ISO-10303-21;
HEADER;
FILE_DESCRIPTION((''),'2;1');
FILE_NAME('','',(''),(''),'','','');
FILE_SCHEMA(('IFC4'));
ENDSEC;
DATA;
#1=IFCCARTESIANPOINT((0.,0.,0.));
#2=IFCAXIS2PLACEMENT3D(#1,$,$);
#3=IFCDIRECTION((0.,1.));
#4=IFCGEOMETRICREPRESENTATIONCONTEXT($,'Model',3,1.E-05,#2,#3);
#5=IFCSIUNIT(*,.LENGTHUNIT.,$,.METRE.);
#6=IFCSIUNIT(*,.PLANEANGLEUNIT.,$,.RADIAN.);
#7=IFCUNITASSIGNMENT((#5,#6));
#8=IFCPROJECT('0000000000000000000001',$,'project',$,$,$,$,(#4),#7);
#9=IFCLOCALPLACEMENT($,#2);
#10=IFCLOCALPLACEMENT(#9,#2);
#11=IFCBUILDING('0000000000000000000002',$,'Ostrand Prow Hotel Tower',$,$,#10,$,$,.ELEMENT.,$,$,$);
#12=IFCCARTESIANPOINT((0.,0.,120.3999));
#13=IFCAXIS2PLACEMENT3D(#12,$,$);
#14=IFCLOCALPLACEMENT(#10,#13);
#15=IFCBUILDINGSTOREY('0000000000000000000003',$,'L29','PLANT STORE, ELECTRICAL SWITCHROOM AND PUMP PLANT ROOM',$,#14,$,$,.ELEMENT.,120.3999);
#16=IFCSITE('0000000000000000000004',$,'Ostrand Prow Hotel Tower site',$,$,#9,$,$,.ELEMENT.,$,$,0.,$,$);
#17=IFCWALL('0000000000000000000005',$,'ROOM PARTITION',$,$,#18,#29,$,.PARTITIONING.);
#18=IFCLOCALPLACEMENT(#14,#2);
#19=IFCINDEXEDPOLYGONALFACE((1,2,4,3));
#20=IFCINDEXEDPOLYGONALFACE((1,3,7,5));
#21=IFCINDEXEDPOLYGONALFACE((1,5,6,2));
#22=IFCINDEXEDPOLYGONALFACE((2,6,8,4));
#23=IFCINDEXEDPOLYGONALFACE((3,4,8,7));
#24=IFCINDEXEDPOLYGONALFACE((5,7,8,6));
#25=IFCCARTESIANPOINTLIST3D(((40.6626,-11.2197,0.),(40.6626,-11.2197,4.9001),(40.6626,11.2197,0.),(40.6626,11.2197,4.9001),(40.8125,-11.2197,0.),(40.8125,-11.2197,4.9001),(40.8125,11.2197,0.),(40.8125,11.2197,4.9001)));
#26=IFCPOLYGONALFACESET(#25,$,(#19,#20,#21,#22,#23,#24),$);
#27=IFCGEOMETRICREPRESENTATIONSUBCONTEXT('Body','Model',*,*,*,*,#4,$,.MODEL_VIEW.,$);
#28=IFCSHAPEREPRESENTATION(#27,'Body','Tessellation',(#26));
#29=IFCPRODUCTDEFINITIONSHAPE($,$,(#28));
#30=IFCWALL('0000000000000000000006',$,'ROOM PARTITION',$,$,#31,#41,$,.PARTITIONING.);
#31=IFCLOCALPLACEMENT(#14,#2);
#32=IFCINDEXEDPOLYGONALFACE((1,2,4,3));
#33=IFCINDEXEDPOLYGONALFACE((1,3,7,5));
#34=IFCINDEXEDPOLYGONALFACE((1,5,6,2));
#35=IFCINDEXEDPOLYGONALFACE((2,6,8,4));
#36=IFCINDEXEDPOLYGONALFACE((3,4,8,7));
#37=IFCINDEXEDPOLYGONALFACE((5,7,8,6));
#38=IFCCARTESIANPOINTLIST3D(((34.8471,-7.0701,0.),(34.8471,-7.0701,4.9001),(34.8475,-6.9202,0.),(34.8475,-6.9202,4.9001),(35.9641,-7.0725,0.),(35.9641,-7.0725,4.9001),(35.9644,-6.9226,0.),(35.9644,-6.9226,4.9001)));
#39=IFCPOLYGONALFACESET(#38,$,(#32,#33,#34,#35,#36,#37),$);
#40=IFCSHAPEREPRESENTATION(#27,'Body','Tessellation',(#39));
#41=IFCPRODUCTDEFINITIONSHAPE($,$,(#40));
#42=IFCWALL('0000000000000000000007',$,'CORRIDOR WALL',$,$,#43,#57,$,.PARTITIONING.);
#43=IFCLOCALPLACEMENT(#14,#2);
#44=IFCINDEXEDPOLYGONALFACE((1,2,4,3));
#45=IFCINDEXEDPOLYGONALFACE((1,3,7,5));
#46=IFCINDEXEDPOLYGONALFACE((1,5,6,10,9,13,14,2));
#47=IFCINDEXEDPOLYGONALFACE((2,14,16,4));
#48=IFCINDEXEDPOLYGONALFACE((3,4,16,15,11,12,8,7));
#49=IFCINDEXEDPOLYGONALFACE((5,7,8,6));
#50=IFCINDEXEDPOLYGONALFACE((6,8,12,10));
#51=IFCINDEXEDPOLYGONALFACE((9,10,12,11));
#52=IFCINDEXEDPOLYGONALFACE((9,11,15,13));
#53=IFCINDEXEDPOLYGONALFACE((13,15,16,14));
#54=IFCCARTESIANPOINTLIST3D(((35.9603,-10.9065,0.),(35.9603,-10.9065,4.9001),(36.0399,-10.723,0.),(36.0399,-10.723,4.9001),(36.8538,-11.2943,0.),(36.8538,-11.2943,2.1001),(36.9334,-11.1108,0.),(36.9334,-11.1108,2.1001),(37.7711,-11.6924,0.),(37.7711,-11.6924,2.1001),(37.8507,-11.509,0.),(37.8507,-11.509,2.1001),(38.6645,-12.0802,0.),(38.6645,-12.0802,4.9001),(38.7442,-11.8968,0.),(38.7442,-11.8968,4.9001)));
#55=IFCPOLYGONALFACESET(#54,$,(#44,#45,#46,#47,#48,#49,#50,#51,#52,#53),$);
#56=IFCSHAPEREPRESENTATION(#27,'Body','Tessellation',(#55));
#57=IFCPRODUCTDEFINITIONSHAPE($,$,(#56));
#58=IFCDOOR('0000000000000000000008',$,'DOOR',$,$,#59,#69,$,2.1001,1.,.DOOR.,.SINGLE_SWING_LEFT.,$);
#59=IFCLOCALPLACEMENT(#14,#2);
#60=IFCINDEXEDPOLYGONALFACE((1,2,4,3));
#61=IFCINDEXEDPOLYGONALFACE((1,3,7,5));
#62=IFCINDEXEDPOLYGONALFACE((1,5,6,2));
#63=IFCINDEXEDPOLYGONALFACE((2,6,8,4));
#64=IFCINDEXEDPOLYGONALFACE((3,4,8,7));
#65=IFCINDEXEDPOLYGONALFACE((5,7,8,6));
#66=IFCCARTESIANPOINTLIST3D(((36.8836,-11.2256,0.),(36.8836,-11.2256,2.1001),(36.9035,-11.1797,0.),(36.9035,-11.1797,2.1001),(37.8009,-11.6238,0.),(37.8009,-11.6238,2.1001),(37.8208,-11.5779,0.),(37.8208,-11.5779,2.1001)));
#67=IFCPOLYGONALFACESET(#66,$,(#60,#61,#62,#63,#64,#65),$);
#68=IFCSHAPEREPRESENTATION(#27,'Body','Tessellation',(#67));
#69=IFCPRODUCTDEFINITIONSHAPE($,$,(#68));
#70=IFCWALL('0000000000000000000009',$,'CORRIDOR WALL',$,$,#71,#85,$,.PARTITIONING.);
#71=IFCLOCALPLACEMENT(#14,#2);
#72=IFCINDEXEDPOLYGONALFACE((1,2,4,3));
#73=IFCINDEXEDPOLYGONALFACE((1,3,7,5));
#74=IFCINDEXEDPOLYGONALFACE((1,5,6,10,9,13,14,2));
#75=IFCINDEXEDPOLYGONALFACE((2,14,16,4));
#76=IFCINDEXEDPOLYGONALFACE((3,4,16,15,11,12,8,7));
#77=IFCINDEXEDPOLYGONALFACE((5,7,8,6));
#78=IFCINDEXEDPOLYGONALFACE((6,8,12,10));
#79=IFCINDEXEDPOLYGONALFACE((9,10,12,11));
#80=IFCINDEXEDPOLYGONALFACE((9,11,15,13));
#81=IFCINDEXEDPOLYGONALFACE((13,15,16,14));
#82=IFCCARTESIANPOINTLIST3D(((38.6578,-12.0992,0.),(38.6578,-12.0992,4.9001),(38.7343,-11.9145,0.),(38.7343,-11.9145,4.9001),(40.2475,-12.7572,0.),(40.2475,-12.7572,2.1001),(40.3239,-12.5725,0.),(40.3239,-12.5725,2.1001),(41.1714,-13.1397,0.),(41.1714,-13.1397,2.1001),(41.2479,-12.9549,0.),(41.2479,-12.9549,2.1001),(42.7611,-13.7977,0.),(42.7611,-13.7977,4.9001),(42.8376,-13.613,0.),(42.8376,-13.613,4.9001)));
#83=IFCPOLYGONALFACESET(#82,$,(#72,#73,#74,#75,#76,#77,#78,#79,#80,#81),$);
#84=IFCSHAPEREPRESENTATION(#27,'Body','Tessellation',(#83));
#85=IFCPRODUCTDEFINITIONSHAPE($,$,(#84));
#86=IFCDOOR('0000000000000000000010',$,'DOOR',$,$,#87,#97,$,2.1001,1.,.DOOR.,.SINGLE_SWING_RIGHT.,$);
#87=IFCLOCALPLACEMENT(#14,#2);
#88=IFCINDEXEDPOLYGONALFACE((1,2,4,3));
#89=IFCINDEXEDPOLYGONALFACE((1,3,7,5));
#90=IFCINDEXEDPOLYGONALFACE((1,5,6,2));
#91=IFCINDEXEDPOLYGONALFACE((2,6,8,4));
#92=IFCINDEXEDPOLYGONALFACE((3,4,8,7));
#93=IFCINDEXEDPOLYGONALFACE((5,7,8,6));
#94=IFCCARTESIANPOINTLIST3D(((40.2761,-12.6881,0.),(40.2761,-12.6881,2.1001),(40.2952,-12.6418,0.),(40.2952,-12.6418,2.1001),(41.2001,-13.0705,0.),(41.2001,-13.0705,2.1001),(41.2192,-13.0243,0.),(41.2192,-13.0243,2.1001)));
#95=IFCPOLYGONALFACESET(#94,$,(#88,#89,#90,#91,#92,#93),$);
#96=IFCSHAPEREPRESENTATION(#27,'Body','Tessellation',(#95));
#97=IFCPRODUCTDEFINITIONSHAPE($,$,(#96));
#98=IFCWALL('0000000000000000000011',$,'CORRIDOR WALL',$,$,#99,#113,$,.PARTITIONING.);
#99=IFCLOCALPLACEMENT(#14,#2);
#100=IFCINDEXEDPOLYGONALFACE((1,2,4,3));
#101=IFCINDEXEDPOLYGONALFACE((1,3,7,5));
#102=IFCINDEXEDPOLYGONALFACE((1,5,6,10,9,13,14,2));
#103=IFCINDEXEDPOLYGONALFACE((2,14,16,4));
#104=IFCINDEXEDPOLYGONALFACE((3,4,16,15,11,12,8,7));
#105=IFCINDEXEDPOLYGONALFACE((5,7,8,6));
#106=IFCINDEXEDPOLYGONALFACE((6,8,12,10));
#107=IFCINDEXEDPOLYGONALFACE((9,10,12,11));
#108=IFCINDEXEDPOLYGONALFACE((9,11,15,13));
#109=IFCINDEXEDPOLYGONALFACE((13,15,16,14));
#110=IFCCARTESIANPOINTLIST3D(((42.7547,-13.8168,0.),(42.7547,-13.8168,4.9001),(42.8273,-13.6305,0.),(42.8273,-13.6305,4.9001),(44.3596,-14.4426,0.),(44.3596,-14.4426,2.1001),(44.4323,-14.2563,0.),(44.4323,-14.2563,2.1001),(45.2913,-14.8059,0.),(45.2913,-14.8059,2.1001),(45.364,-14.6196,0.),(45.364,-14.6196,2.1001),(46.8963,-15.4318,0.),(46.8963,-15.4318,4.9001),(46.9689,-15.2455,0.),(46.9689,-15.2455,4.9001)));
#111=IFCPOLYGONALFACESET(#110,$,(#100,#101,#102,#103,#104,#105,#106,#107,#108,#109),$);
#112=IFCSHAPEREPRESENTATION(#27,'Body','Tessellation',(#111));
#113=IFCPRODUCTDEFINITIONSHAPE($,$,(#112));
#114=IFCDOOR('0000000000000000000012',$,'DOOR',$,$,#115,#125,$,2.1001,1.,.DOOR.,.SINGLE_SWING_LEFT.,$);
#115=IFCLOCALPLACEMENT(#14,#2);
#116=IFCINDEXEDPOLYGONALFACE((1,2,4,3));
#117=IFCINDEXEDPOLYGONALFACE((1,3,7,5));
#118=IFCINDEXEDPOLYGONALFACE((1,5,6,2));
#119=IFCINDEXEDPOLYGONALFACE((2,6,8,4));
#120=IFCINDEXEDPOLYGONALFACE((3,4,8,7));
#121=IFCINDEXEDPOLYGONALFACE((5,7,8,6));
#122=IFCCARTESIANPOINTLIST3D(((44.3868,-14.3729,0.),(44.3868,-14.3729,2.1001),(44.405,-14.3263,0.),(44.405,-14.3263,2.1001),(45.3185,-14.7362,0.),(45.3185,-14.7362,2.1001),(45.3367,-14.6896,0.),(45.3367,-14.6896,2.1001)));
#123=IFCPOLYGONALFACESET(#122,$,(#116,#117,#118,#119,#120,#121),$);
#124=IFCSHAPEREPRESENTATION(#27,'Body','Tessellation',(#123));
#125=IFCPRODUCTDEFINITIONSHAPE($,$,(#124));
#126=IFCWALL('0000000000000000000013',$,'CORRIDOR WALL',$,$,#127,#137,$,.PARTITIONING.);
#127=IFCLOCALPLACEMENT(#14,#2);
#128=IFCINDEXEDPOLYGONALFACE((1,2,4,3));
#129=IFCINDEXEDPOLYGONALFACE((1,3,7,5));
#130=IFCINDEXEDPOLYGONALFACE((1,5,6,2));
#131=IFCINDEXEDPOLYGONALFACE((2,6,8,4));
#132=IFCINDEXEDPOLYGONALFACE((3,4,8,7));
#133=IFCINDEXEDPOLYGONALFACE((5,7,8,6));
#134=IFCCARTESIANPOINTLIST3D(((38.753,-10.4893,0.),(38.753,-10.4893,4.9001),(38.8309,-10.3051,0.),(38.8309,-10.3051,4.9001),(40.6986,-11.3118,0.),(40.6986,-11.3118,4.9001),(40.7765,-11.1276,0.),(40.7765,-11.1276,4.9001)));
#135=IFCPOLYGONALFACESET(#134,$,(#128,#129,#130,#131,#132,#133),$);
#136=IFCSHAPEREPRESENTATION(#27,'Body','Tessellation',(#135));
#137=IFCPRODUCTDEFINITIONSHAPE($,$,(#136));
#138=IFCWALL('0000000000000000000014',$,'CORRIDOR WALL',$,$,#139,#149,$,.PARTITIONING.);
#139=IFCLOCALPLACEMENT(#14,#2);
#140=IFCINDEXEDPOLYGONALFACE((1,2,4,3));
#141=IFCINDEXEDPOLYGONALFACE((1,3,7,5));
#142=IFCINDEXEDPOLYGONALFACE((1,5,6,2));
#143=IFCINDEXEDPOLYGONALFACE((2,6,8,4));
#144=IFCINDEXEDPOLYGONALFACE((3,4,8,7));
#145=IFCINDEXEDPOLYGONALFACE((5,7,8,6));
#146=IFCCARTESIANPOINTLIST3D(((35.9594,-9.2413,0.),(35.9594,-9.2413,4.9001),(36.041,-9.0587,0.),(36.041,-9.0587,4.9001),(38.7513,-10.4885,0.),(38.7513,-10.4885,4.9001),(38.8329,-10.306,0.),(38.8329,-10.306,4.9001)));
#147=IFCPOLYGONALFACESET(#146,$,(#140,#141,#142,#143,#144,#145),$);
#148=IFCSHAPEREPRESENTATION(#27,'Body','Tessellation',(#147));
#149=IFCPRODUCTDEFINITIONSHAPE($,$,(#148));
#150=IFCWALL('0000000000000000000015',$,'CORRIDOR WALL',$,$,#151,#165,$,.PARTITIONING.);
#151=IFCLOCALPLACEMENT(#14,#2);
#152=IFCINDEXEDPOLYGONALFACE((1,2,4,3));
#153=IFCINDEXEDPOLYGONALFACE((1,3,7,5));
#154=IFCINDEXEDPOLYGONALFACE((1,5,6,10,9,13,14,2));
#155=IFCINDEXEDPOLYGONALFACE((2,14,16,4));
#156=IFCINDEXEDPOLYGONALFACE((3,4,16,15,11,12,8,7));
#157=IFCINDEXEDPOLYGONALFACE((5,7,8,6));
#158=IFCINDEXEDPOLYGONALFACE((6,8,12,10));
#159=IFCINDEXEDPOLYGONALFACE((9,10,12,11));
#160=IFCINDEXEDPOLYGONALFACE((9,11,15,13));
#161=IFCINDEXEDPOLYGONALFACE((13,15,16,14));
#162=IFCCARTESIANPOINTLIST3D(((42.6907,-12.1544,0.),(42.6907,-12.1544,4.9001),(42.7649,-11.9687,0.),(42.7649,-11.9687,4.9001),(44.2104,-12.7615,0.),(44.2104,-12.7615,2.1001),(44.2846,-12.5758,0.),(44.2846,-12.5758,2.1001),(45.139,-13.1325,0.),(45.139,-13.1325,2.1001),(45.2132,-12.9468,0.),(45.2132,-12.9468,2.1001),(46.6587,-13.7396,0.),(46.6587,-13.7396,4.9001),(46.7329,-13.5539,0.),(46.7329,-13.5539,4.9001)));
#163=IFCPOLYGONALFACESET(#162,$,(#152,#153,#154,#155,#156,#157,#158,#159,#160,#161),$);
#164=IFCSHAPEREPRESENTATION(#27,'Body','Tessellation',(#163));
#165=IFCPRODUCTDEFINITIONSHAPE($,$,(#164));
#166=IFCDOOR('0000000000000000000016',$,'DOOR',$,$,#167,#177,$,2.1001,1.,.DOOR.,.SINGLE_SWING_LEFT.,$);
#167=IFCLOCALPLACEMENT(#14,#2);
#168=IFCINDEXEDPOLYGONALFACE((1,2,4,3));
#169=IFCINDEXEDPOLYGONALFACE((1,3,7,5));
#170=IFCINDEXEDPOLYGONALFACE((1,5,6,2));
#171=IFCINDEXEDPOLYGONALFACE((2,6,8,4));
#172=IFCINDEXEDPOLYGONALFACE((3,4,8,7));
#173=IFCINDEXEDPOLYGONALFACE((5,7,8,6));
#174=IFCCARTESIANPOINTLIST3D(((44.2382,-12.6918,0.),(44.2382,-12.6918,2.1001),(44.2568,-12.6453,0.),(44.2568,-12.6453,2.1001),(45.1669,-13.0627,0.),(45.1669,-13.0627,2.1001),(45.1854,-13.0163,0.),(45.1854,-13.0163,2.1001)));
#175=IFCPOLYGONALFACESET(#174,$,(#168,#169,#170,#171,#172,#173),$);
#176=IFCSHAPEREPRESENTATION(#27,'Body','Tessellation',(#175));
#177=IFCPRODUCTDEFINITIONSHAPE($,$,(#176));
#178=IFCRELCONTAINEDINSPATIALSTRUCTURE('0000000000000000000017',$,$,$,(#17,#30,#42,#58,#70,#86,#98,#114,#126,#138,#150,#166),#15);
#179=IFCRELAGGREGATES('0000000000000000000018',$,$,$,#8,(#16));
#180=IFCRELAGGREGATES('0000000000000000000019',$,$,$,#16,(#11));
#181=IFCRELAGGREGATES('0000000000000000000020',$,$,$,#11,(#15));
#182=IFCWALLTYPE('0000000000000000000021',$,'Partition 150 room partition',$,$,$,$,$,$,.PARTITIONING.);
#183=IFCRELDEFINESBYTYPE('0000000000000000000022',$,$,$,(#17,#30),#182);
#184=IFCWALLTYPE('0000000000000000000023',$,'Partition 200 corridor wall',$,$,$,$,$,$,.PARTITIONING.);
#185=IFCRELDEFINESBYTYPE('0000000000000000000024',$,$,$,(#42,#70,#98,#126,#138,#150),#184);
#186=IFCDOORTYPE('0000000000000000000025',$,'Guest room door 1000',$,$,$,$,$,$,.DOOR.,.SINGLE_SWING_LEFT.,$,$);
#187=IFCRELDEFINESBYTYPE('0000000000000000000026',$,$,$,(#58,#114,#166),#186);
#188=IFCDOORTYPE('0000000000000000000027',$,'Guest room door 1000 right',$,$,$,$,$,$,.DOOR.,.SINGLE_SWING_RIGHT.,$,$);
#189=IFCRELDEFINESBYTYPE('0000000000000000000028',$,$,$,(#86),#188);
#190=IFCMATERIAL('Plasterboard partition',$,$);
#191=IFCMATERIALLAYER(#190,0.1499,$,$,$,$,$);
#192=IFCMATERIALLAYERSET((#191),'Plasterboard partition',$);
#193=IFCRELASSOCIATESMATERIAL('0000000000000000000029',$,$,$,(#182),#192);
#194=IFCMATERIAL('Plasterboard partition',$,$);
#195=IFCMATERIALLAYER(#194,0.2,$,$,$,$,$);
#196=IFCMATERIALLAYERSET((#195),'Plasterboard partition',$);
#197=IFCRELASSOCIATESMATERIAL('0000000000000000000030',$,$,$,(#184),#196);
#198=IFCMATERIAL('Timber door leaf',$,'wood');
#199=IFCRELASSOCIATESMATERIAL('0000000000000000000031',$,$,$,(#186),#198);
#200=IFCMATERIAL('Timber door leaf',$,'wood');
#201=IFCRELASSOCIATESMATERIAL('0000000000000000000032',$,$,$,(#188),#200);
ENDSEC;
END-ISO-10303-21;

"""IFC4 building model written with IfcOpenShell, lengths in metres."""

from ifc_helpers import new_model, si_unit, direction, frame, frame_2d, origin, place, context, subcontext, project, spatial, rectangle, extrude, material, layer, layer_set, type_object, element, fill, save


model = new_model("IFC4")

# Units and contexts
model_context = context("Model", 3, precision=1e-05, world=origin(), true_north=direction((0.0, 1.0)))
body_context = subcontext(model_context, "Body", "Model", "MODEL_VIEW")
ifc_project = project(units=[si_unit("LENGTHUNIT", "METRE"), si_unit("PLANEANGLEUNIT", "RADIAN")], contexts=[model_context])

# Site, building, storey
site_placement = place(None, origin())
site = spatial("IfcSite", under=ifc_project, at=site_placement, Name="Ostrand Prow Hotel Tower site", CompositionType="ELEMENT", RefElevation=0.0)
building_placement = place(site_placement, origin())
building = spatial("IfcBuilding", under=site, at=building_placement, Name="Ostrand Prow Hotel Tower", CompositionType="ELEMENT")
storey_placement = place(building_placement, frame((0.0, 0.0, 120.3999)))
storey = spatial("IfcBuildingStorey", under=building, at=storey_placement, Name="L29", Description="PLANT STORE, ELECTRICAL SWITCHROOM AND PUMP PLANT ROOM", CompositionType="ELEMENT", Elevation=120.3999)

# Walls
ifc_material_1 = material(Name="Plasterboard partition")
ifc_layer_1 = layer(ifc_material_1, 0.1499)
ifc_layer_set_1 = layer_set([ifc_layer_1], Name="Plasterboard partition")
wall_type_1 = type_object("IfcWallType", Name="Partition 150 room partition", PredefinedType="PARTITIONING", material=ifc_layer_set_1)
wall_1_placement = place(storey_placement, frame((40.7375, -11.2197, 0.0), z_axis=(0.0, 0.0, 1.0), x_axis=(0.0, 1.0, 0.0)))
element("IfcWall", 1, at=wall_1_placement, inside=storey, type_object=wall_type_1, Name="ROOM PARTITION", PredefinedType="PARTITIONING", context=body_context, shape_type="SweptSolid", body=[
    extrude(rectangle(XDim=22.4395, YDim=0.1499, at=frame_2d((11.2197, 0.0))), origin(), (0.0, 0.0, 1.0), 4.9001),
])
wall_2_placement = place(storey_placement, frame((35.9644, -6.9976, 0.0), z_axis=(0.0, 0.0, 1.0), x_axis=(-0.999998, 0.002186, 0.0)))
element("IfcWall", 2, at=wall_2_placement, inside=storey, type_object=wall_type_1, Name="ROOM PARTITION", PredefinedType="PARTITIONING", context=body_context, shape_type="SweptSolid", body=[
    extrude(rectangle(XDim=1.1169, YDim=0.1499, at=frame_2d((0.5586, 0.0))), origin(), (0.0, 0.0, 1.0), 4.9001),
])

# Walls, openings, doors
ifc_material_2 = material(Name="Plasterboard partition")
ifc_layer_2 = layer(ifc_material_2, 0.2)
ifc_layer_set_2 = layer_set([ifc_layer_2], Name="Plasterboard partition")
wall_type_2 = type_object("IfcWallType", Name="Partition 200 corridor wall", PredefinedType="PARTITIONING", material=ifc_layer_set_2)
wall_3_placement = place(storey_placement, frame((36.0, -10.8147, 0.0), z_axis=(0.0, 0.0, 1.0), x_axis=(0.917315, -0.398163, 0.0)))
wall_3 = element("IfcWall", 3, at=wall_3_placement, inside=storey, type_object=wall_type_2, Name="CORRIDOR WALL", PredefinedType="PARTITIONING", context=body_context, shape_type="SweptSolid", body=[
    extrude(rectangle(XDim=2.948, YDim=0.2, at=frame_2d((1.4741, 0.0))), origin(), (0.0, 0.0, 1.0), 4.9001),
])
opening_1_placement = place(wall_3_placement, frame((0.9741, 0.0, 0.0)))
opening_1 = element("IfcOpeningElement", 4, at=opening_1_placement, cuts=wall_3, PredefinedType="OPENING", context=body_context, shape_type="SweptSolid", body=[
    extrude(rectangle(XDim=1.0, YDim=2.1001, at=frame_2d((0.5, 1.05))), frame((0.0, 0.1099, 0.0), z_axis=(0.0, -1.0, 0.0), x_axis=(1.0, 0.0, 0.0)), (0.0, 0.0, 1.0), 0.22),
])
ifc_material_3 = material(Name="Timber door leaf", Category="wood")
door_type_1 = type_object("IfcDoorType", Name="Guest room door 1000", OperationType="SINGLE_SWING_LEFT", PredefinedType="DOOR", material=ifc_material_3)
door_1_placement = place(opening_1_placement, origin())
door_1 = element("IfcDoor", 5, at=door_1_placement, inside=storey, type_object=door_type_1, Name="DOOR", OperationType="SINGLE_SWING_LEFT", OverallHeight=2.1001, OverallWidth=1.0, PredefinedType="DOOR", context=body_context, shape_type="SweptSolid", body=[
    extrude(rectangle(XDim=1.0, YDim=2.1001, at=frame_2d((0.5, 1.05))), frame((0.0, 0.0249, 0.0), z_axis=(0.0, -1.0, 0.0), x_axis=(1.0, 0.0, 0.0)), (0.0, 0.0, 1.0), 0.05),
])
fill(opening_1, door_1)
wall_4_placement = place(storey_placement, frame((38.696, -12.0068, 0.0), z_axis=(0.0, 0.0, 1.0), x_axis=(0.923971, -0.382463, 0.0)))
wall_4 = element("IfcWall", 6, at=wall_4_placement, inside=storey, type_object=wall_type_2, Name="CORRIDOR WALL", PredefinedType="PARTITIONING", context=body_context, shape_type="SweptSolid", body=[
    extrude(rectangle(XDim=4.4409, YDim=0.2, at=frame_2d((2.2205, 0.0))), origin(), (0.0, 0.0, 1.0), 4.9001),
])
opening_2_placement = place(wall_4_placement, frame((1.7205, 0.0, 0.0)))
opening_2 = element("IfcOpeningElement", 7, at=opening_2_placement, cuts=wall_4, PredefinedType="OPENING", context=body_context, shape_type="SweptSolid", body=[
    extrude(rectangle(XDim=1.0, YDim=2.1001, at=frame_2d((0.5, 1.05))), frame((0.0, 0.1099, 0.0), z_axis=(0.0, -1.0, 0.0), x_axis=(1.0, 0.0, 0.0)), (0.0, 0.0, 1.0), 0.22),
])
ifc_material_4 = material(Name="Timber door leaf", Category="wood")
door_type_2 = type_object("IfcDoorType", Name="Guest room door 1000 right", OperationType="SINGLE_SWING_RIGHT", PredefinedType="DOOR", material=ifc_material_4)
door_2_placement = place(opening_2_placement, origin())
door_2 = element("IfcDoor", 8, at=door_2_placement, inside=storey, type_object=door_type_2, Name="DOOR", OperationType="SINGLE_SWING_RIGHT", OverallHeight=2.1001, OverallWidth=1.0, PredefinedType="DOOR", context=body_context, shape_type="SweptSolid", body=[
    extrude(rectangle(XDim=1.0, YDim=2.1001, at=frame_2d((0.5, 1.05))), frame((0.0, 0.0249, 0.0), z_axis=(0.0, -1.0, 0.0), x_axis=(1.0, 0.0, 0.0)), (0.0, 0.0, 1.0), 0.05),
])
fill(opening_2, door_2)
wall_5_placement = place(storey_placement, frame((42.791, -13.7236, 0.0), z_axis=(0.0, 0.0, 1.0), x_axis=(0.931672, -0.3633, 0.0)))
wall_5 = element("IfcWall", 9, at=wall_5_placement, inside=storey, type_object=wall_type_2, Name="CORRIDOR WALL", PredefinedType="PARTITIONING", context=body_context, shape_type="SweptSolid", body=[
    extrude(rectangle(XDim=4.4453, YDim=0.2, at=frame_2d((2.2227, 0.0))), origin(), (0.0, 0.0, 1.0), 4.9001),
])
opening_3_placement = place(wall_5_placement, frame((1.7227, 0.0, 0.0)))
opening_3 = element("IfcOpeningElement", 10, at=opening_3_placement, cuts=wall_5, PredefinedType="OPENING", context=body_context, shape_type="SweptSolid", body=[
    extrude(rectangle(XDim=1.0, YDim=2.1001, at=frame_2d((0.5, 1.05))), frame((0.0, 0.1099, 0.0), z_axis=(0.0, -1.0, 0.0), x_axis=(1.0, 0.0, 0.0)), (0.0, 0.0, 1.0), 0.22),
])
door_3_placement = place(opening_3_placement, origin())
door_3 = element("IfcDoor", 11, at=door_3_placement, inside=storey, type_object=door_type_1, Name="DOOR", OperationType="SINGLE_SWING_LEFT", OverallHeight=2.1001, OverallWidth=1.0, PredefinedType="DOOR", context=body_context, shape_type="SweptSolid", body=[
    extrude(rectangle(XDim=1.0, YDim=2.1001, at=frame_2d((0.5, 1.05))), frame((0.0, 0.0249, 0.0), z_axis=(0.0, -1.0, 0.0), x_axis=(1.0, 0.0, 0.0)), (0.0, 0.0, 1.0), 0.05),
])
fill(opening_3, door_3)

# Walls
wall_6_placement = place(storey_placement, frame((40.7375, -11.2197, 0.0), z_axis=(0.0, 0.0, 1.0), x_axis=(-0.921071, 0.389395, 0.0)))
element("IfcWall", 12, at=wall_6_placement, inside=storey, type_object=wall_type_2, Name="CORRIDOR WALL", PredefinedType="PARTITIONING", context=body_context, shape_type="SweptSolid", body=[
    extrude(rectangle(XDim=2.1123, YDim=0.2, at=frame_2d((1.0562, 0.0))), origin(), (0.0, 0.0, 1.0), 4.9001),
])
wall_7_placement = place(storey_placement, frame((38.792, -10.3972, 0.0), z_axis=(0.0, 0.0, 1.0), x_axis=(-0.91303, 0.407893, 0.0)))
element("IfcWall", 13, at=wall_7_placement, inside=storey, type_object=wall_type_2, Name="CORRIDOR WALL", PredefinedType="PARTITIONING", context=body_context, shape_type="SweptSolid", body=[
    extrude(rectangle(XDim=3.0579, YDim=0.2, at=frame_2d((1.5288, 0.0))), origin(), (0.0, 0.0, 1.0), 4.9001),
])

# Wall, opening, door
wall_8_placement = place(storey_placement, frame((46.6958, -13.6467, 0.0), z_axis=(0.0, 0.0, 1.0), x_axis=(-0.928638, 0.370987, 0.0)))
wall_8 = element("IfcWall", 14, at=wall_8_placement, inside=storey, type_object=wall_type_2, Name="CORRIDOR WALL", PredefinedType="PARTITIONING", context=body_context, shape_type="SweptSolid", body=[
    extrude(rectangle(XDim=4.2729, YDim=0.2, at=frame_2d((2.1365, 0.0))), origin(), (0.0, 0.0, 1.0), 4.9001),
])
opening_4_placement = place(wall_8_placement, frame((1.6365, 0.0, 0.0)))
opening_4 = element("IfcOpeningElement", 15, at=opening_4_placement, cuts=wall_8, PredefinedType="OPENING", context=body_context, shape_type="SweptSolid", body=[
    extrude(rectangle(XDim=1.0, YDim=2.1001, at=frame_2d((0.5, 1.05))), frame((0.0, 0.1099, 0.0), z_axis=(0.0, -1.0, 0.0), x_axis=(1.0, 0.0, 0.0)), (0.0, 0.0, 1.0), 0.22),
])
door_4_placement = place(opening_4_placement, origin())
door_4 = element("IfcDoor", 16, at=door_4_placement, inside=storey, type_object=door_type_1, Name="DOOR", OperationType="SINGLE_SWING_LEFT", OverallHeight=2.1001, OverallWidth=1.0, PredefinedType="DOOR", context=body_context, shape_type="SweptSolid", body=[
    extrude(rectangle(XDim=1.0, YDim=2.1001, at=frame_2d((0.5, 1.05))), frame((0.0, 0.0249, 0.0), z_axis=(0.0, -1.0, 0.0), x_axis=(1.0, 0.0, 0.0)), (0.0, 0.0, 1.0), 0.05),
])
fill(opening_4, door_4)

save(model, "model.ifc")
